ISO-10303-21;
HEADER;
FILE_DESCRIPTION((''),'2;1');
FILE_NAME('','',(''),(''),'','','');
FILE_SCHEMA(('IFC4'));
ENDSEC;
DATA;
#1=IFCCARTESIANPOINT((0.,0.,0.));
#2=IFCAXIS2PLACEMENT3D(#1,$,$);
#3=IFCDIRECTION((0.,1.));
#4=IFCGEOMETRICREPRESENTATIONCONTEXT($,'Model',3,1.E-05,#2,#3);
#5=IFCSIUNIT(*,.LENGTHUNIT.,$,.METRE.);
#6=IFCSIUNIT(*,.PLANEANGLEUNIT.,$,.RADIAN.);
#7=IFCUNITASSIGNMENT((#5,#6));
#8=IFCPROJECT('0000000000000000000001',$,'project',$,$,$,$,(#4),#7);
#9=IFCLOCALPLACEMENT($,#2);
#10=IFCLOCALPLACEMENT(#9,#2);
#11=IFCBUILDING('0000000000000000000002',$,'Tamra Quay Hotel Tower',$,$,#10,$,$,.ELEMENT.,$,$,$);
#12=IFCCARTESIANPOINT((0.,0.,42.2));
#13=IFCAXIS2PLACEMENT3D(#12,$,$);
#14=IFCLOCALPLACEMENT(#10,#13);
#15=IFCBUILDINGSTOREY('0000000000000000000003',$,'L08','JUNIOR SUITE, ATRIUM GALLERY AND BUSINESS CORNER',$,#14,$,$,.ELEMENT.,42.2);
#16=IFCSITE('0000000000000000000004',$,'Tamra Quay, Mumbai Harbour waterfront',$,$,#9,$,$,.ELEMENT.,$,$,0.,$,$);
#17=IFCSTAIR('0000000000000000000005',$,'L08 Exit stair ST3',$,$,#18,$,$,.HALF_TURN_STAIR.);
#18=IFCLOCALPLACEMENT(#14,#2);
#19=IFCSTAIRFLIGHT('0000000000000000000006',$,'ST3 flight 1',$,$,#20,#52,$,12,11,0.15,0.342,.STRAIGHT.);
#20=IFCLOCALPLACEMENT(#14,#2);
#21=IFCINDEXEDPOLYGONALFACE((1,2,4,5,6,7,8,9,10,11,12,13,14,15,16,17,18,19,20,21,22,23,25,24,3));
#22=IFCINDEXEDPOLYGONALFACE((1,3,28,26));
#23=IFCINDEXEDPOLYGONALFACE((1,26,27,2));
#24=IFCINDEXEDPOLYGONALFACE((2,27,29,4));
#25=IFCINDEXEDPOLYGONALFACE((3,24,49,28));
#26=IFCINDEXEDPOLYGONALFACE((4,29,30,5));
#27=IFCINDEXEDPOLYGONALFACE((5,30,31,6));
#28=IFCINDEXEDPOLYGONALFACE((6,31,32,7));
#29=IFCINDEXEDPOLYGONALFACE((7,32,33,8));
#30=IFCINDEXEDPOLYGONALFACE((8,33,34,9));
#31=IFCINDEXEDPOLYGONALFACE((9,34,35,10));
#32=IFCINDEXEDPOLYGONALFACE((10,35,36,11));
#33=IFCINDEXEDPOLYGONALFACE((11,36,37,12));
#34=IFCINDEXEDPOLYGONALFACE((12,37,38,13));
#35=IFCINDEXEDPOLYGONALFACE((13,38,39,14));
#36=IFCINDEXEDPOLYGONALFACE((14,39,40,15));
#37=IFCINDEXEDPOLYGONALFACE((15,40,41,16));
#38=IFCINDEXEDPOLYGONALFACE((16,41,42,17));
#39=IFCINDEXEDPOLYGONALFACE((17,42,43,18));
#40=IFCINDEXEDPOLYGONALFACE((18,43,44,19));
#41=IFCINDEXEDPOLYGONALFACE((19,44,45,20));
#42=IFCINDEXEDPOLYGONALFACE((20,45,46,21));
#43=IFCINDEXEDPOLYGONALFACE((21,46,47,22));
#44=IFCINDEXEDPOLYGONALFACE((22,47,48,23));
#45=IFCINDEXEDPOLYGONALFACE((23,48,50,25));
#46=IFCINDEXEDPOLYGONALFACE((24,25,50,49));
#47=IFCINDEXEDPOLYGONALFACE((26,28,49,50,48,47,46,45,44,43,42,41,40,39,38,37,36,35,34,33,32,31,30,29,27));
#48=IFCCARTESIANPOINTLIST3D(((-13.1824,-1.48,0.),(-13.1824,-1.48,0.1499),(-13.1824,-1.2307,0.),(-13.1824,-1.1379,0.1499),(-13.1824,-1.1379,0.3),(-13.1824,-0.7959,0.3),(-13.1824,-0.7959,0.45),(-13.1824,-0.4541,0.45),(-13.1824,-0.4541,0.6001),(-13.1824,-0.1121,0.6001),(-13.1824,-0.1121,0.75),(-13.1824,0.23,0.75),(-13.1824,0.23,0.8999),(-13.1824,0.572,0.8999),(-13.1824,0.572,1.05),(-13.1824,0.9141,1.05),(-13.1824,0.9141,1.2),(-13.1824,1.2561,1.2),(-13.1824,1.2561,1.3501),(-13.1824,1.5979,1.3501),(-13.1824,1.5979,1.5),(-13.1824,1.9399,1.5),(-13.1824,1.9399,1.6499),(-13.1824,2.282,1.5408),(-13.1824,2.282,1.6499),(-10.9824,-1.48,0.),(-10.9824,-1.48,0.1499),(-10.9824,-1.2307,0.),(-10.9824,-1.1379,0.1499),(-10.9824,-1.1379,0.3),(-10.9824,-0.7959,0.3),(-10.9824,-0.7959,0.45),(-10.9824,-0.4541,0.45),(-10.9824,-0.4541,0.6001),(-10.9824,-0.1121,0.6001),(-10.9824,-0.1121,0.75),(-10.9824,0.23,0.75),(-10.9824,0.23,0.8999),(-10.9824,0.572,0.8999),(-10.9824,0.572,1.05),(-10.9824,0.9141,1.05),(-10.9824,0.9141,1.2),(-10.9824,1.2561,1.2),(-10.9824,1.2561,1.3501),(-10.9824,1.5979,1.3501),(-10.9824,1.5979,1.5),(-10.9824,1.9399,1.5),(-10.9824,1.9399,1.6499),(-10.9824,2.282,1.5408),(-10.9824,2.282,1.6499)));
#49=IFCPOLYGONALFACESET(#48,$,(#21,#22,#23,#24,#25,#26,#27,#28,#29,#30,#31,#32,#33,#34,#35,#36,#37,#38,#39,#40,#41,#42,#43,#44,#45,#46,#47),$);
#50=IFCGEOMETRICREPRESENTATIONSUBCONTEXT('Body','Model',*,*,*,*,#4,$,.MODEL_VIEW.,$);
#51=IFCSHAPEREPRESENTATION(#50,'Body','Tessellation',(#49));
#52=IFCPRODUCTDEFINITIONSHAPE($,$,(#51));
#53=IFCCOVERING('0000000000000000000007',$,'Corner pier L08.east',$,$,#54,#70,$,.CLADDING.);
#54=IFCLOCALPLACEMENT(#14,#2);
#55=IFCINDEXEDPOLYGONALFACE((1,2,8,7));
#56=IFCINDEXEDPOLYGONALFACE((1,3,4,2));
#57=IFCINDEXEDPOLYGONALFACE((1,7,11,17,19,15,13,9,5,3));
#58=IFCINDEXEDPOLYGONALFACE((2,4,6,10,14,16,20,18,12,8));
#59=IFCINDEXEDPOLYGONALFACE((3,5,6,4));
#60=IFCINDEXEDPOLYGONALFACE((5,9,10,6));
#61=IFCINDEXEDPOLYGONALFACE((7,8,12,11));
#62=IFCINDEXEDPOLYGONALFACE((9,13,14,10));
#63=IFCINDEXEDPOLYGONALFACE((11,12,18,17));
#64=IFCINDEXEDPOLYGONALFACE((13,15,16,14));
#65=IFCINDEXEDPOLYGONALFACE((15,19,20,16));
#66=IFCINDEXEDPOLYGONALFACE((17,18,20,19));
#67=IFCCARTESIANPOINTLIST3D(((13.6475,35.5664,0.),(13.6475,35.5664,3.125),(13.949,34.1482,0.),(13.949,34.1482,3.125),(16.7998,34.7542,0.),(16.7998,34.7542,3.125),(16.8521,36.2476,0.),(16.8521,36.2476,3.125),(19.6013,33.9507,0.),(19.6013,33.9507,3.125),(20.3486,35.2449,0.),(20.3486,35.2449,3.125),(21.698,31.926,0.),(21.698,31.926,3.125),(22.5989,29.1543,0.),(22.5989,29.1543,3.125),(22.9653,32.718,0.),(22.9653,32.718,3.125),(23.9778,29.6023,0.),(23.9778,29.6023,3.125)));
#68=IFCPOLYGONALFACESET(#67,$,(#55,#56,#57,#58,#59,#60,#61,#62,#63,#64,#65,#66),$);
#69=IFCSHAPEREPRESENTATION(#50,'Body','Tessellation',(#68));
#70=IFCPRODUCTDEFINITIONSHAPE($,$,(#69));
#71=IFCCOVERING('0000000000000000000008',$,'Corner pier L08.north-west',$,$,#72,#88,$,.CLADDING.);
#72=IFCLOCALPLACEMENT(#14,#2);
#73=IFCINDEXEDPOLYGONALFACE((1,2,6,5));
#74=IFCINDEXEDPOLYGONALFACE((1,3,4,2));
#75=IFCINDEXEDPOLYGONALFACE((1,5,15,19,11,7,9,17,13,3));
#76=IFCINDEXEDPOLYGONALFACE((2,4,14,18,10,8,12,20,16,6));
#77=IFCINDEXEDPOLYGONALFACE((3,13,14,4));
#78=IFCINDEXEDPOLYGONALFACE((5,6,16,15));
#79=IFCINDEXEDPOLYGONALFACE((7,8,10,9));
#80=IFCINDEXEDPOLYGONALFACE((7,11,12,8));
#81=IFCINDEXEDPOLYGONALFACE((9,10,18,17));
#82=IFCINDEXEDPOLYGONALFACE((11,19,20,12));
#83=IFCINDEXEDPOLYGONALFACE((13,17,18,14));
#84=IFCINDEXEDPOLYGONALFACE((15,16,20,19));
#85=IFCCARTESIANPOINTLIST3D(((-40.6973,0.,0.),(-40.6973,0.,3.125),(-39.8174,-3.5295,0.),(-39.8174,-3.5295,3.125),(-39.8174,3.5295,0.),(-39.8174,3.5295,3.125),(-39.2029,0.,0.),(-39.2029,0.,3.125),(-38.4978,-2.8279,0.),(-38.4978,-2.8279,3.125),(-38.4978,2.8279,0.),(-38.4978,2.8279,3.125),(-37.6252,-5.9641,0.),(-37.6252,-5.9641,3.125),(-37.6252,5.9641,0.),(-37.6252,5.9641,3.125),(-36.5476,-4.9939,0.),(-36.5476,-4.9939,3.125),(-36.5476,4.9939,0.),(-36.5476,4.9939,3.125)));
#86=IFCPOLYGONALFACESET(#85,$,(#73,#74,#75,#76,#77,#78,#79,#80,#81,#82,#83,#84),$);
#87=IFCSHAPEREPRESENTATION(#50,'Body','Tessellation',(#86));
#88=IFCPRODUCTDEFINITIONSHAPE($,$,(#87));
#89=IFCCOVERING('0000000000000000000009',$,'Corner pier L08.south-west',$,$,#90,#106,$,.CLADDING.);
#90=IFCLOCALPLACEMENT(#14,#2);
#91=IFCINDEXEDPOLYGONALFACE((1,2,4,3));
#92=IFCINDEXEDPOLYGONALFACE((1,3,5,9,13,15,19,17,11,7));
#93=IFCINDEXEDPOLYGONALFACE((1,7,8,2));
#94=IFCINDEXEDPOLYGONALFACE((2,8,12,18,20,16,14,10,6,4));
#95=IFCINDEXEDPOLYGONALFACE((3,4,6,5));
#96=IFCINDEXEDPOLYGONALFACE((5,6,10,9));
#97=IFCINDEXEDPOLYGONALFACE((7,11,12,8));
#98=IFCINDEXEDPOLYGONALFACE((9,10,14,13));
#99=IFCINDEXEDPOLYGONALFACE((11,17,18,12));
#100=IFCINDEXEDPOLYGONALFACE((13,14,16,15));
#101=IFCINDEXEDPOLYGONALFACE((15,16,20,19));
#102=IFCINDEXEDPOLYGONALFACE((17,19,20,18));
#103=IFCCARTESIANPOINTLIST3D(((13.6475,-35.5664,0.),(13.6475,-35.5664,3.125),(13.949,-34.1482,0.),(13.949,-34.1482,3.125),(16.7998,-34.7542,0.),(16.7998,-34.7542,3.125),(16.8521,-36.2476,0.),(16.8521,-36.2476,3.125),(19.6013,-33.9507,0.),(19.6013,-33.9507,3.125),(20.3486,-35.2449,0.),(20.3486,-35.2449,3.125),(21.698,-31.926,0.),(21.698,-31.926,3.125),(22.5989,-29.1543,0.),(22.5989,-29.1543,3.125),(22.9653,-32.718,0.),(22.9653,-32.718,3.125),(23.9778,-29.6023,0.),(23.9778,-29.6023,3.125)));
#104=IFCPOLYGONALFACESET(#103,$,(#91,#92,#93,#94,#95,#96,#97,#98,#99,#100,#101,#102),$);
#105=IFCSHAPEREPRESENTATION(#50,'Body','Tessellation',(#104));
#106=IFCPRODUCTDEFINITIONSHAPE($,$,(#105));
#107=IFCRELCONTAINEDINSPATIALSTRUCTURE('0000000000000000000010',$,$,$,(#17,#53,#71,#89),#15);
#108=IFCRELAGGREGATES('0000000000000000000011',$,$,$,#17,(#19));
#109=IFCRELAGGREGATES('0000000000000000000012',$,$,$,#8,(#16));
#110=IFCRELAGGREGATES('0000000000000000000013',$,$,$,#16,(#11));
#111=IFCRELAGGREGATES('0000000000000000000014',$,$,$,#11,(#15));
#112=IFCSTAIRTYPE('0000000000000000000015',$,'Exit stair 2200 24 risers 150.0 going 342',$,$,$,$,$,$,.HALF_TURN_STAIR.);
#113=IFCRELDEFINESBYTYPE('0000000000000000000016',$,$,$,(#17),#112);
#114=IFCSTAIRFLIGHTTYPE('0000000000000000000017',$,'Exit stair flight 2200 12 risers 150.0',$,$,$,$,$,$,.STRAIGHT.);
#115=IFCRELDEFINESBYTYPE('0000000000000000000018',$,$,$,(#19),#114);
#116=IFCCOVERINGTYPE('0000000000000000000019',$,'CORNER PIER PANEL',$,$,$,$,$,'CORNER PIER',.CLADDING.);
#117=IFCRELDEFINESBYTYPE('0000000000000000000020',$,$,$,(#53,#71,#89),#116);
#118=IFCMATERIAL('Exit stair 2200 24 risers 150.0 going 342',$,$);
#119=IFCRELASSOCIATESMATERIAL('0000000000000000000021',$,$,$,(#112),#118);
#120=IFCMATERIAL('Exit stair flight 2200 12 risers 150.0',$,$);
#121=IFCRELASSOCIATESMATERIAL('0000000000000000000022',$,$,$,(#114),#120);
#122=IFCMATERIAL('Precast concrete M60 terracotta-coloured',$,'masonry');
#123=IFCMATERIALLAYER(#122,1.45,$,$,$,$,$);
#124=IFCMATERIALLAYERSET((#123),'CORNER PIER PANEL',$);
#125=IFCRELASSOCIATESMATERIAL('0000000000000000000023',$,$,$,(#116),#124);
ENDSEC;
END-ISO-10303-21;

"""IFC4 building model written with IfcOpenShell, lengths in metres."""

from ifc_helpers import new_model, si_unit, direction, frame, origin, place, context, subcontext, project, spatial, polyline, outline, extrude, material, layer, layer_set, type_object, element, aggregate, save


model = new_model("IFC4")

# Units and contexts
model_context = context("Model", 3, precision=1e-05, world=origin(), true_north=direction((0.0, 1.0)))
body_context = subcontext(model_context, "Body", "Model", "MODEL_VIEW")
ifc_project = project(units=[si_unit("LENGTHUNIT", "METRE"), si_unit("PLANEANGLEUNIT", "RADIAN")], contexts=[model_context])

# Site, building, storey
site_placement = place(None, origin())
site = spatial("IfcSite", under=ifc_project, at=site_placement, Name="Tamra Quay, Mumbai Harbour waterfront", CompositionType="ELEMENT", RefElevation=0.0)
building_placement = place(site_placement, origin())
building = spatial("IfcBuilding", under=site, at=building_placement, Name="Tamra Quay Hotel Tower", CompositionType="ELEMENT")
storey_placement = place(building_placement, frame((0.0, 0.0, 42.2)))
storey = spatial("IfcBuildingStorey", under=building, at=storey_placement, Name="L08", Description="JUNIOR SUITE, ATRIUM GALLERY AND BUSINESS CORNER", CompositionType="ELEMENT", Elevation=42.2)

# Stair
ifc_material_1 = material(Name="Exit stair 2200 24 risers 150.0 going 342")
stair_type = type_object("IfcStairType", Name="Exit stair 2200 24 risers 150.0 going 342", PredefinedType="HALF_TURN_STAIR", material=ifc_material_1)
stair_1_placement = place(storey_placement, origin())
stair_1 = element("IfcStair", 1, at=stair_1_placement, inside=storey, type_object=stair_type, Name="L08 Exit stair ST3", PredefinedType="HALF_TURN_STAIR")

# Stair flight
ifc_material_2 = material(Name="Exit stair flight 2200 12 risers 150.0")
stair_flight_type = type_object("IfcStairFlightType", Name="Exit stair flight 2200 12 risers 150.0", PredefinedType="STRAIGHT", material=ifc_material_2)
stair_flight_placement = place(storey_placement, frame((-12.0823, -1.48, 0.0), z_axis=(0.0, 0.0, 1.0), x_axis=(0.0, 1.0, 0.0)))
stair_flight = element("IfcStairFlight", 2, at=stair_flight_placement, type_object=stair_flight_type, Name="ST3 flight 1", NumberOfRisers=12, NumberOfTreads=11, PredefinedType="STRAIGHT", RiserHeight=0.15, TreadLength=0.342, context=body_context, shape_type="SweptSolid", body=[
    extrude(outline(polyline([(0.0, 0.0), (0.0, 0.1499), (0.342, 0.1499), (0.342, 0.3), (0.6841, 0.3), (0.6841, 0.45), (1.0259, 0.45), (1.0259, 0.6001), (1.3679, 0.6001), (1.3679, 0.75), (1.71, 0.75), (1.71, 0.8999), (2.052, 0.8999), (2.052, 1.05), (2.394, 1.05), (2.394, 1.2), (2.7361, 1.2), (2.7361, 1.3501), (3.0779, 1.3501), (3.0779, 1.5), (3.4199, 1.5), (3.4199, 1.6499), (3.762, 1.6499), (3.762, 1.8), (3.762, 1.5408), (0.2493, 0.0), (0.0, 0.0)])), frame((0.0, 1.1001, 0.0), z_axis=(0.0, -1.0, 0.0), x_axis=(1.0, 0.0, 0.0)), (0.0, 0.0, 1.0), 2.2),
])
aggregate(stair_1, [stair_flight])

# Coverings
ifc_material_3 = material(Name="Precast concrete M60 terracotta-coloured", Category="masonry")
ifc_layer_1 = layer(ifc_material_3, 1.45)
ifc_layer_set_1 = layer_set([ifc_layer_1], Name="CORNER PIER PANEL")
covering_type = type_object("IfcCoveringType", Name="CORNER PIER PANEL", ElementType="CORNER PIER", PredefinedType="CLADDING", material=ifc_layer_set_1)
covering_1_placement = place(storey_placement, origin())
element("IfcCovering", 3, at=covering_1_placement, inside=storey, type_object=covering_type, Name="Corner pier L08.east", PredefinedType="CLADDING", context=body_context, shape_type="SweptSolid", body=[
    extrude(outline(polyline([(22.5989, 29.1543), (23.9778, 29.6023), (22.9653, 32.718), (20.3486, 35.2449), (16.8521, 36.2476), (13.6475, 35.5664), (13.949, 34.1482), (16.7998, 34.7542), (19.6013, 33.9507), (21.698, 31.926), (22.5989, 29.1543)])), origin(), (0.0, 0.0, 1.0), 3.125),
])
covering_2_placement = place(storey_placement, origin())
element("IfcCovering", 4, at=covering_2_placement, inside=storey, type_object=covering_type, Name="Corner pier L08.north-west", PredefinedType="CLADDING", context=body_context, shape_type="SweptSolid", body=[
    extrude(outline(polyline([(-36.5476, 4.9939), (-37.6252, 5.9641), (-39.8174, 3.5295), (-40.6973, 0.0), (-39.8174, -3.5295), (-37.6252, -5.9641), (-36.5476, -4.9939), (-38.4978, -2.8279), (-39.2029, 0.0), (-38.4978, 2.8279), (-36.5476, 4.9939)])), origin(), (0.0, 0.0, 1.0), 3.125),
])
covering_3_placement = place(storey_placement, origin())
element("IfcCovering", 5, at=covering_3_placement, inside=storey, type_object=covering_type, Name="Corner pier L08.south-west", PredefinedType="CLADDING", context=body_context, shape_type="SweptSolid", body=[
    extrude(outline(polyline([(13.949, -34.1482), (13.6475, -35.5664), (16.8521, -36.2476), (20.3486, -35.2449), (22.9653, -32.718), (23.9778, -29.6023), (22.5989, -29.1543), (21.698, -31.926), (19.6013, -33.9507), (16.7998, -34.7542), (13.949, -34.1482)])), origin(), (0.0, 0.0, 1.0), 3.125),
])

save(model, "model.ifc")
